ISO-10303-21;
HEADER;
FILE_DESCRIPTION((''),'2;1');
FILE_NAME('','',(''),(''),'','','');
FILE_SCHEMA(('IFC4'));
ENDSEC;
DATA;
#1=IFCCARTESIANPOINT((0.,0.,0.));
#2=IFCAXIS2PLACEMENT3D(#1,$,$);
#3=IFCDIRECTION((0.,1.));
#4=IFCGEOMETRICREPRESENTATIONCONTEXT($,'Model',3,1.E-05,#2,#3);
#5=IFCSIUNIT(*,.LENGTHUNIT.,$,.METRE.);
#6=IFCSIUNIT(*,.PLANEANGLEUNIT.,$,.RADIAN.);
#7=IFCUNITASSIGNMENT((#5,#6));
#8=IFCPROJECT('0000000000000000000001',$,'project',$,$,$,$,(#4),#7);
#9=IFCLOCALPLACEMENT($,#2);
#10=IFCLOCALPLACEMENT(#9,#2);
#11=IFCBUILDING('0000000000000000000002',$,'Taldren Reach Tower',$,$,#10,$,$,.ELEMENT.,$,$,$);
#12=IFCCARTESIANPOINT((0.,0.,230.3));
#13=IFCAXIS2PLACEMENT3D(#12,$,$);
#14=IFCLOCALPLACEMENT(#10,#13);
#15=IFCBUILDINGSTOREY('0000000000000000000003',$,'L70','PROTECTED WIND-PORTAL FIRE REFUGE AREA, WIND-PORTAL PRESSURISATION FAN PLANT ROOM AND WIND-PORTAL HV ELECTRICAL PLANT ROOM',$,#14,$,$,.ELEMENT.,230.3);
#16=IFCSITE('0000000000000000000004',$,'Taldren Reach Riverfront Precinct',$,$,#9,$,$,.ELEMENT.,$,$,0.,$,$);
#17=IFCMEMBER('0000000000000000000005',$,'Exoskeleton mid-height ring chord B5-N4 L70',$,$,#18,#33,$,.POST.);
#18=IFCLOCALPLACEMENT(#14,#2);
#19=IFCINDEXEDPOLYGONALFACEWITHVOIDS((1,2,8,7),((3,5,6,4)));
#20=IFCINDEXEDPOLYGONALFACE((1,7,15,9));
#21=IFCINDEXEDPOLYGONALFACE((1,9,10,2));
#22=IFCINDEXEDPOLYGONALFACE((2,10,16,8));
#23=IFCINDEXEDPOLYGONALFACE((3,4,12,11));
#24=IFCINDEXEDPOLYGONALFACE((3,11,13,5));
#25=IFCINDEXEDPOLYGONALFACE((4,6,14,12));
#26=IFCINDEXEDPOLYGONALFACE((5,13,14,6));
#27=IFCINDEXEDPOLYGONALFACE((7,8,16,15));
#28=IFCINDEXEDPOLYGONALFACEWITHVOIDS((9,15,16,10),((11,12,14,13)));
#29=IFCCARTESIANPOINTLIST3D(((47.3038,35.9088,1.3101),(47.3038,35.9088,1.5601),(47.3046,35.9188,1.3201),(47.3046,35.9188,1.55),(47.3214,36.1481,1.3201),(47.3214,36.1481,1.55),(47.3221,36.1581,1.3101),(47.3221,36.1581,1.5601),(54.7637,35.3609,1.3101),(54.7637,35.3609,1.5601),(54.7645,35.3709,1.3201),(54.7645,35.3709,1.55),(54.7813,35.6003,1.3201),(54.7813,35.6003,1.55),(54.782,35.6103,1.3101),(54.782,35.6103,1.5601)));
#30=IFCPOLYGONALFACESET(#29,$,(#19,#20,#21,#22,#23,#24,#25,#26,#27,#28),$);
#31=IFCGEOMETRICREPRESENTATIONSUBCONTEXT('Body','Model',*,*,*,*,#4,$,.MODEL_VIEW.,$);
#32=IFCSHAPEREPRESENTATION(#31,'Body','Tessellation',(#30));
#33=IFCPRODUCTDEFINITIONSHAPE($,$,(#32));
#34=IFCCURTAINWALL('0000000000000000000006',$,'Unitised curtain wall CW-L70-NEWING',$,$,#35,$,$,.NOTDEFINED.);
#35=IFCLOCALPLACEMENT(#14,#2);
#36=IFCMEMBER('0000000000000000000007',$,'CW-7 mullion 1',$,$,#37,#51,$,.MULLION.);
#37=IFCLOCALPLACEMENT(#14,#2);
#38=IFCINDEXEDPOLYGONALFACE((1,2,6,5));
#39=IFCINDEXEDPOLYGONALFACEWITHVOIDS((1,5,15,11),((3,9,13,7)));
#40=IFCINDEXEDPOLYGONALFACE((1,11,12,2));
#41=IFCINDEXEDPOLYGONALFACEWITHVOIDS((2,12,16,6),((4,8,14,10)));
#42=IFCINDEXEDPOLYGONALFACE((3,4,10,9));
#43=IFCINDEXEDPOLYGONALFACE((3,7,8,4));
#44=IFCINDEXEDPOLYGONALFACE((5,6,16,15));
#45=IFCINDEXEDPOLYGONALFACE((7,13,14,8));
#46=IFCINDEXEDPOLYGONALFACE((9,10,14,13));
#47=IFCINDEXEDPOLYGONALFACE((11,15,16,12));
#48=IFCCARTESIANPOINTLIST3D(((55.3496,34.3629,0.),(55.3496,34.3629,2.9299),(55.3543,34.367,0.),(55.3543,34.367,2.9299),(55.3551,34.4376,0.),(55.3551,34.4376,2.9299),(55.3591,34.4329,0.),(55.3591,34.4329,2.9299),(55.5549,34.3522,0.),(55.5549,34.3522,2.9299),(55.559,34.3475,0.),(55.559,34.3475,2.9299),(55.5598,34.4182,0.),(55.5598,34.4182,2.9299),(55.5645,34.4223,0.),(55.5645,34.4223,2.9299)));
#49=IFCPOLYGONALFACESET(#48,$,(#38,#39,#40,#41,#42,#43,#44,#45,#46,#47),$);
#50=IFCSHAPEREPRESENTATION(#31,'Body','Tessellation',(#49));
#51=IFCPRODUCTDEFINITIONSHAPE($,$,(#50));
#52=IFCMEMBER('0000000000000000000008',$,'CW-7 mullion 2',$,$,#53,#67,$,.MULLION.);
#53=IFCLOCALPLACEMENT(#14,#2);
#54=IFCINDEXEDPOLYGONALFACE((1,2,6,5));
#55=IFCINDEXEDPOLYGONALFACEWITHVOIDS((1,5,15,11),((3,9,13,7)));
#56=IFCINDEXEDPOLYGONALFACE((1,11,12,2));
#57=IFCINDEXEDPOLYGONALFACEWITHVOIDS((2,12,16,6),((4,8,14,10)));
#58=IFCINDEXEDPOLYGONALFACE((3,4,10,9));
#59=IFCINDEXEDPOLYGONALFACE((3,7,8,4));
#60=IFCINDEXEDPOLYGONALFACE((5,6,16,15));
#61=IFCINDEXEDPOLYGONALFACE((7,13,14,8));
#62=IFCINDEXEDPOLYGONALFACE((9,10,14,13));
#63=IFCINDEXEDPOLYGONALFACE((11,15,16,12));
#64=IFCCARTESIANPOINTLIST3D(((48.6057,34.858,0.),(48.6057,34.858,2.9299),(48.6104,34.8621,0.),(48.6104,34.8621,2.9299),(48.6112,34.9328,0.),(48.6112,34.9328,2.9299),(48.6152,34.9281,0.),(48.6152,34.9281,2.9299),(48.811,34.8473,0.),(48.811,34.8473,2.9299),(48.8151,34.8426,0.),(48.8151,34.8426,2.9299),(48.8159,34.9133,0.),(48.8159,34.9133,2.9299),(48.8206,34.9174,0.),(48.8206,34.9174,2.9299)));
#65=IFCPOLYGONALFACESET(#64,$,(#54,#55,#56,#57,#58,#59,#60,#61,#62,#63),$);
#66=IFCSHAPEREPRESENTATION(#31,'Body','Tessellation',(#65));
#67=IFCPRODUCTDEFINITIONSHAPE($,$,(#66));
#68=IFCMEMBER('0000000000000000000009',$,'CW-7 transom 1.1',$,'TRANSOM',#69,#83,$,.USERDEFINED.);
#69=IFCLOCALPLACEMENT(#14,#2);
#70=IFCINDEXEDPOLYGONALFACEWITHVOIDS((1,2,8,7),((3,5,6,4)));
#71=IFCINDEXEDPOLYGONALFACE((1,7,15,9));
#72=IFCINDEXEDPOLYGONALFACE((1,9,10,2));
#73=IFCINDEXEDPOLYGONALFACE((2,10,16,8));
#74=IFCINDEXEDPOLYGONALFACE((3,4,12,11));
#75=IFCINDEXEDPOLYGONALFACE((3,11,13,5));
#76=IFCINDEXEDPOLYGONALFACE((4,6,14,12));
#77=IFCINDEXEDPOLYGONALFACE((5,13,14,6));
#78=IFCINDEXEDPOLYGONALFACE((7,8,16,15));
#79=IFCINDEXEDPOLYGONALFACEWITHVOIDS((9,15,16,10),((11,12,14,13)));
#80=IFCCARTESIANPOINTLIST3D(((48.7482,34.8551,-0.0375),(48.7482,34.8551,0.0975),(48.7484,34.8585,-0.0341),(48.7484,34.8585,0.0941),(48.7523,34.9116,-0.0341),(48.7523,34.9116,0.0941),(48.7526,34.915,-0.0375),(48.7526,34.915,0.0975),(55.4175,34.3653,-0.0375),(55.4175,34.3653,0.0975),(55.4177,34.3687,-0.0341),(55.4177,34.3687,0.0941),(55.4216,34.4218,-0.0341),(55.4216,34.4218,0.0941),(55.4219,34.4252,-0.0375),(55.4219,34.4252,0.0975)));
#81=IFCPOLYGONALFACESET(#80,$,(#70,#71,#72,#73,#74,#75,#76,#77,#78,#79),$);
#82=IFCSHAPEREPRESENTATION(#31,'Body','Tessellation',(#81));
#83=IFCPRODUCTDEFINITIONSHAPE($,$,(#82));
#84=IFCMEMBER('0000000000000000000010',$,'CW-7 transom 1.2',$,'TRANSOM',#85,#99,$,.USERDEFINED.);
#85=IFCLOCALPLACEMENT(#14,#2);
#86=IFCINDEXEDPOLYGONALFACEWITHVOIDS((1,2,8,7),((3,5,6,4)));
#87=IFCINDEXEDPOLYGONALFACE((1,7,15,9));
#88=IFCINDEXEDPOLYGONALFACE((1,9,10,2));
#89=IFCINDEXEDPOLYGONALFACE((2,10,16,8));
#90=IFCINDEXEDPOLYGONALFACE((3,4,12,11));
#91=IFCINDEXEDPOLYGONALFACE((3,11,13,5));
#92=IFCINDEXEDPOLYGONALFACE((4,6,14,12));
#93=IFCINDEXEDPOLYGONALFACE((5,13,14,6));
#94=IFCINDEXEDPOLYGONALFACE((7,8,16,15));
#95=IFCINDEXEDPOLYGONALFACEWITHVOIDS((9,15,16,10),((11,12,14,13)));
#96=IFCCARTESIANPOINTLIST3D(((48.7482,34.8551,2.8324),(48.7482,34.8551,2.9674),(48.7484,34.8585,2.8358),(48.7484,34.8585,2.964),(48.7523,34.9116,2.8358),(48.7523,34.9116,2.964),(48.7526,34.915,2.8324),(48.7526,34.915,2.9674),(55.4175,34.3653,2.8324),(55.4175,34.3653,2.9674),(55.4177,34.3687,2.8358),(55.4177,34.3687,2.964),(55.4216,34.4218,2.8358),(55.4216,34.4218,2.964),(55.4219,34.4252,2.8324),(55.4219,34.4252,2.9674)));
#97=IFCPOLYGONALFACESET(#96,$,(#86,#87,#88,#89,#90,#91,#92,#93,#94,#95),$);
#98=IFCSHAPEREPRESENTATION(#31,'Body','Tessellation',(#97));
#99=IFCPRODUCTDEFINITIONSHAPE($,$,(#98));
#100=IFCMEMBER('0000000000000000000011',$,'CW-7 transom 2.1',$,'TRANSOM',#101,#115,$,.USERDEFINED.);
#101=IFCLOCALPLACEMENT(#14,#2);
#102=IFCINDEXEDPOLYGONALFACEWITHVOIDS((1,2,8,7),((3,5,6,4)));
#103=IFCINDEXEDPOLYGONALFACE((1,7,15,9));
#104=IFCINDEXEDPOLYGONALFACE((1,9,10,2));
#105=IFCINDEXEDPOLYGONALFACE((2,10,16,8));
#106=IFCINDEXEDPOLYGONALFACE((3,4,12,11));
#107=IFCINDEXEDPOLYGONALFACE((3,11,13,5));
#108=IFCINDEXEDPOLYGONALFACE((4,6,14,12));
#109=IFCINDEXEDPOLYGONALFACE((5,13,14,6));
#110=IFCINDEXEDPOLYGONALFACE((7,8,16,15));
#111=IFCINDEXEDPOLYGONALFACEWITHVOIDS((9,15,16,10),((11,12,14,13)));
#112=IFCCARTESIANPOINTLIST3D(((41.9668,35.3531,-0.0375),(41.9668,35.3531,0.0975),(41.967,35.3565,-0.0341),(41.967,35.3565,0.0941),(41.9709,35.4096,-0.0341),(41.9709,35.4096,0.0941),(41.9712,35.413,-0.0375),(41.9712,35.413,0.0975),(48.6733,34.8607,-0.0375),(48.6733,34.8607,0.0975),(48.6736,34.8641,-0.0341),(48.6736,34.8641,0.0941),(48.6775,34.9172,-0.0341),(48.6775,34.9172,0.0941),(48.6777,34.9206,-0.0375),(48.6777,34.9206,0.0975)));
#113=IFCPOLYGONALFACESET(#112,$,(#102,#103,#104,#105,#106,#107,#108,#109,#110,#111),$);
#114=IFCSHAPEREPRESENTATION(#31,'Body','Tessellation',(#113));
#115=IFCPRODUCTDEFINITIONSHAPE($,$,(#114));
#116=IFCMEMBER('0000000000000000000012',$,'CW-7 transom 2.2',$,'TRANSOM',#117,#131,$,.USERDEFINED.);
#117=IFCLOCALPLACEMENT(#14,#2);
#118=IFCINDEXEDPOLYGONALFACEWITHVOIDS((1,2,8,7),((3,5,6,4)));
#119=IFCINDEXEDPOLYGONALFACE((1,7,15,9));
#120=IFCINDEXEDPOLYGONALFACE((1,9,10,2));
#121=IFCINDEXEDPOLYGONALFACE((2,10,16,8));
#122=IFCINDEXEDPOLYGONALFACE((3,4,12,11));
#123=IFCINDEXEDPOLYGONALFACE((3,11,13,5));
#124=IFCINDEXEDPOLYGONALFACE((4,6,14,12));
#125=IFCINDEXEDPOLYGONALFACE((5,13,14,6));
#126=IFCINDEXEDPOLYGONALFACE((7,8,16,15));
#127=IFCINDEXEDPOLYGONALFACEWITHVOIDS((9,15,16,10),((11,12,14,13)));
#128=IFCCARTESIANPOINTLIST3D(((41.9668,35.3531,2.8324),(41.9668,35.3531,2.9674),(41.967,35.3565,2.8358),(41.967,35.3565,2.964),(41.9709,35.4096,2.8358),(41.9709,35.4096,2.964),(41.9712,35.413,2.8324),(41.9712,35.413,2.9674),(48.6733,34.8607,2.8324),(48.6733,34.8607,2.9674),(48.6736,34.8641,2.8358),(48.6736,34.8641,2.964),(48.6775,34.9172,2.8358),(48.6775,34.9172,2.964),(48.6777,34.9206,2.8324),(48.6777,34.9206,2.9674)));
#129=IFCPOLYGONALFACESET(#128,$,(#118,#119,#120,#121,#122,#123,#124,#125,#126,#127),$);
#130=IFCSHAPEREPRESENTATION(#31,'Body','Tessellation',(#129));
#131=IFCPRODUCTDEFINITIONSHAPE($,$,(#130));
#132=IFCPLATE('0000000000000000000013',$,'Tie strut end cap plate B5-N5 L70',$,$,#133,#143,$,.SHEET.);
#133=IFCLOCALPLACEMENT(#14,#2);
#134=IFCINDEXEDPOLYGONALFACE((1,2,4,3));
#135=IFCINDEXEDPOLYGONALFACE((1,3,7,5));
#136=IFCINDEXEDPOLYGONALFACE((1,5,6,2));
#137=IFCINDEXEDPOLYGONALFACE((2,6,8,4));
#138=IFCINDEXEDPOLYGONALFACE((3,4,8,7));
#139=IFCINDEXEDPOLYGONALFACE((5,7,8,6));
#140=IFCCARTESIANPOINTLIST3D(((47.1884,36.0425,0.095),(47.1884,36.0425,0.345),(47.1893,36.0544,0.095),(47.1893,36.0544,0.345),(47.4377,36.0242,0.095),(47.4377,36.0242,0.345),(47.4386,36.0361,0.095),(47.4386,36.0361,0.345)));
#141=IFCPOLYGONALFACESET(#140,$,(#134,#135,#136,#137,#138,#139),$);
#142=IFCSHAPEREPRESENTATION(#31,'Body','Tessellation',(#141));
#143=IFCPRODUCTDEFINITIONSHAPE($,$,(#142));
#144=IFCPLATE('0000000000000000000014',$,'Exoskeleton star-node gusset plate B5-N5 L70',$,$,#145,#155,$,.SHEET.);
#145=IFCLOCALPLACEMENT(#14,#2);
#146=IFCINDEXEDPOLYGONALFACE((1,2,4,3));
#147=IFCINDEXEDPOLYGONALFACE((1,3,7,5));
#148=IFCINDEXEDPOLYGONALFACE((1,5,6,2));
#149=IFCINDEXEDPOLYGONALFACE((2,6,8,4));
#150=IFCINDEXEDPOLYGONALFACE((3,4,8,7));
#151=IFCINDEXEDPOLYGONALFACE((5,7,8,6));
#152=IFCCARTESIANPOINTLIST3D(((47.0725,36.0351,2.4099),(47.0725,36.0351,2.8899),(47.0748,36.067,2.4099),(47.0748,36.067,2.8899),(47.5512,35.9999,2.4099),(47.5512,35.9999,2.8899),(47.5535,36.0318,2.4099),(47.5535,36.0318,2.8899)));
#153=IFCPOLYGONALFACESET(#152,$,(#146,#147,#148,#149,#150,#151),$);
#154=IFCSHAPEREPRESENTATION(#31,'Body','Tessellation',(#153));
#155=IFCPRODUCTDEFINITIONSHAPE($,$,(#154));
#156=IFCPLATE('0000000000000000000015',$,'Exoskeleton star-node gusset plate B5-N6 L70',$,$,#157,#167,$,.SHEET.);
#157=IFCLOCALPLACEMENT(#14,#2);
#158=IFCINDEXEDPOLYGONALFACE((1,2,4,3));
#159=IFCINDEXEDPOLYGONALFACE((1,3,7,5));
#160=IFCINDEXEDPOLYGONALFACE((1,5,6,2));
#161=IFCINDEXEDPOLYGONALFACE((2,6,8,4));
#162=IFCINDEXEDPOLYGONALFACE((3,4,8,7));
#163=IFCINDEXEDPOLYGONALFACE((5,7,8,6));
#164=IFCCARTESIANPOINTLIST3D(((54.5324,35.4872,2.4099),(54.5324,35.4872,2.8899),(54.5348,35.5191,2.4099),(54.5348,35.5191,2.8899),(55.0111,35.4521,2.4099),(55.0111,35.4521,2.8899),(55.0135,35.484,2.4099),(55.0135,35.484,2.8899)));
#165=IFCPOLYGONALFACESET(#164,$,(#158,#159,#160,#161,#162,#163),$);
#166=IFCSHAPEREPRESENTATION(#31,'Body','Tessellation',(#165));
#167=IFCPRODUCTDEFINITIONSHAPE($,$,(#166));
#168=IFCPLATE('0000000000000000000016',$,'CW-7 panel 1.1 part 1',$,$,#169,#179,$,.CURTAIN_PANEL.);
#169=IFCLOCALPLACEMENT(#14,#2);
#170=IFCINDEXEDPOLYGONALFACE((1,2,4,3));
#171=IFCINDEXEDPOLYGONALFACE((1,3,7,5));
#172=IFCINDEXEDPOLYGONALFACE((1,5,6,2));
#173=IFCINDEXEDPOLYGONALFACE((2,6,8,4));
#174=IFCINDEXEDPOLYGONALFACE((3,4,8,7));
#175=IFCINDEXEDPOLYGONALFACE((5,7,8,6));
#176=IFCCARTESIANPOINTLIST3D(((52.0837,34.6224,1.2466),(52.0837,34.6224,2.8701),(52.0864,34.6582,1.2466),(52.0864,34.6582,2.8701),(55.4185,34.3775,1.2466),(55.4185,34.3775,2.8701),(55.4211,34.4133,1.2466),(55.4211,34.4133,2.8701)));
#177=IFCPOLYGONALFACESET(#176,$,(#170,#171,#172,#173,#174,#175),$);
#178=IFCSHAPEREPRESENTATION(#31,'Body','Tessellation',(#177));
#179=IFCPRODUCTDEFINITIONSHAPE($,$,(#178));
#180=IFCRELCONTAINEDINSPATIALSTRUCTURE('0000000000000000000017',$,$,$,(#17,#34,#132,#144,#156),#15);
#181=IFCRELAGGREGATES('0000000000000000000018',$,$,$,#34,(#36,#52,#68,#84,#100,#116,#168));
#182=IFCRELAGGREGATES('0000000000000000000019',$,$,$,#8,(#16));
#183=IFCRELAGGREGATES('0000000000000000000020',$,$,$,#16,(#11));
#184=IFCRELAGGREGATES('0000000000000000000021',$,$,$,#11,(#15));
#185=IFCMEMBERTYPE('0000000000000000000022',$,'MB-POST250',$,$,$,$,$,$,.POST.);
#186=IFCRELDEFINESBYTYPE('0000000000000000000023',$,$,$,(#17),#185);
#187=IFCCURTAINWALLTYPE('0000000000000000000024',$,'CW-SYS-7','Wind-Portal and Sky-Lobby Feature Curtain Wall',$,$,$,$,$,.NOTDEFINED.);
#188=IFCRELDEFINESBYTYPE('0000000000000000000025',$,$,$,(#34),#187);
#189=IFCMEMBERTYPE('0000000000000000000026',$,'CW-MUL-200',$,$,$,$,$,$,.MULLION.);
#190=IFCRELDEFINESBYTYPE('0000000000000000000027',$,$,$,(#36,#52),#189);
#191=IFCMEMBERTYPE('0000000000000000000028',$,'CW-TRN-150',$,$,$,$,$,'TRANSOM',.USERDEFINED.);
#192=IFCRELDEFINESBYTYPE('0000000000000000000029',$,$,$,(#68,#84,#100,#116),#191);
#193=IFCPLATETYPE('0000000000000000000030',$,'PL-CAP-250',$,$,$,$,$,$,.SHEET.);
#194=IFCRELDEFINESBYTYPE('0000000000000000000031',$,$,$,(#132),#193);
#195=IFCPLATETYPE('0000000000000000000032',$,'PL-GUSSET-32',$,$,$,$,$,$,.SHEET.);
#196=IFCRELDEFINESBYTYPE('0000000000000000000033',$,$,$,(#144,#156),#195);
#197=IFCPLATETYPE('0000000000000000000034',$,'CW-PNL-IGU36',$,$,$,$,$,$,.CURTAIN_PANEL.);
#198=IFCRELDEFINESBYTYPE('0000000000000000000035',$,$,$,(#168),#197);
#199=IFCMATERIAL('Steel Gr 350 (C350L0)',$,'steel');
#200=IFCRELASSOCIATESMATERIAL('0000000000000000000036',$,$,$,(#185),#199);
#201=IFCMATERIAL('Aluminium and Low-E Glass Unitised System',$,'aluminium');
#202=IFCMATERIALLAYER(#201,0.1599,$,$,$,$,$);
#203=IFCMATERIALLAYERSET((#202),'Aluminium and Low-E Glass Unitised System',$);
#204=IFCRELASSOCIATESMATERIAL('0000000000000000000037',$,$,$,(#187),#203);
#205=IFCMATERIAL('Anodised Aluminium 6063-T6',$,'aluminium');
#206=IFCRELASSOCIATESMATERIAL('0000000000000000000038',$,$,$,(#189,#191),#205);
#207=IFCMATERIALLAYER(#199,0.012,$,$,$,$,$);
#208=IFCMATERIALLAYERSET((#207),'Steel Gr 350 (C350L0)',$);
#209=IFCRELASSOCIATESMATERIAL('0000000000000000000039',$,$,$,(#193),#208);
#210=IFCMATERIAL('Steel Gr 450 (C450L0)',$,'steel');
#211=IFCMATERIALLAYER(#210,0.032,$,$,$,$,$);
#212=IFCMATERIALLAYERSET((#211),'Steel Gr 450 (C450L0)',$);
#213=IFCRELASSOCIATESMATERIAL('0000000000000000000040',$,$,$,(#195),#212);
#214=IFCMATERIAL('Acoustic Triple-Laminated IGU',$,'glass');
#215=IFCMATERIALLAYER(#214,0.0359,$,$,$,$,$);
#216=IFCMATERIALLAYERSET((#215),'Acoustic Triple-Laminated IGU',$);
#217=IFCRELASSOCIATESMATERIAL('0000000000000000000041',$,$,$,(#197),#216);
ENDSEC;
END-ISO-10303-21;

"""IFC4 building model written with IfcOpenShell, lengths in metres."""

from ifc_helpers import new_model, si_unit, direction, frame, origin, origin_2d, place, context, subcontext, project, spatial, rectangle, hollow_rectangle, extrude, source, transform, mapped, material, layer, layer_set, material_profile, profile_set, type_object, element, aggregate, save


model = new_model("IFC4")

# Units and contexts
model_context = context("Model", 3, precision=1e-05, world=origin(), true_north=direction((0.0, 1.0)))
body_context = subcontext(model_context, "Body", "Model", "MODEL_VIEW")
ifc_project = project(units=[si_unit("LENGTHUNIT", "METRE"), si_unit("PLANEANGLEUNIT", "RADIAN")], contexts=[model_context])

# Site, building, storey
site_placement = place(None, origin())
site = spatial("IfcSite", under=ifc_project, at=site_placement, Name="Taldren Reach Riverfront Precinct", CompositionType="ELEMENT", RefElevation=0.0)
building_placement = place(site_placement, origin())
building = spatial("IfcBuilding", under=site, at=building_placement, Name="Taldren Reach Tower", CompositionType="ELEMENT")
storey_placement = place(building_placement, frame((0.0, 0.0, 230.3)))
storey = spatial("IfcBuildingStorey", under=building, at=storey_placement, Name="L70", Description="PROTECTED WIND-PORTAL FIRE REFUGE AREA, WIND-PORTAL PRESSURISATION FAN PLANT ROOM AND WIND-PORTAL HV ELECTRICAL PLANT ROOM", CompositionType="ELEMENT", Elevation=230.3)

# Shared definitions
ifc_material_1 = material(Name="Steel Gr 350 (C350L0)", Category="steel")

# Shared definitions
ifc_material_profile_1 = material_profile(ifc_material_1, hollow_rectangle(XDim=0.25, YDim=0.25, WallThickness=0.01, at=origin_2d()), Name="250x250x10.0SHS")
ifc_profile_set_1 = profile_set([ifc_material_profile_1], Name="Steel Gr 350 (C350L0)")
member_type_1 = type_object("IfcMemberType", Name="MB-POST250", PredefinedType="POST", material=ifc_profile_set_1)
ifc_material_2 = material(Name="Steel Gr 450 (C450L0)", Category="steel")

# Member
shared_shape_1 = source(origin(), body_context, "Body", "SweptSolid", [
    extrude(hollow_rectangle(XDim=0.25, YDim=0.25, WallThickness=0.01, at=origin_2d()), origin(), (0.0, 0.0, 1.0), 7.48),
])
member_1_placement = place(storey_placement, frame((47.313, 36.0334, 1.4351), z_axis=(0.997314, -0.073242, 0.0), x_axis=(0.073242, 0.997314, 0.0)))
element("IfcMember", 1, at=member_1_placement, inside=storey, type_object=member_type_1, Name="Exoskeleton mid-height ring chord B5-N4 L70", PredefinedType="POST", context=body_context, shape_type="MappedRepresentation", body=[
    mapped(shared_shape_1, transform((0.0, 0.0, 0.0), scale=1.0)),
])

# Curtain wall, members
ifc_material_3 = material(Name="Aluminium and Low-E Glass Unitised System", Category="aluminium")
ifc_layer_1 = layer(ifc_material_3, 0.1599)
ifc_layer_set_1 = layer_set([ifc_layer_1], Name="Aluminium and Low-E Glass Unitised System")
curtain_wall_type = type_object("IfcCurtainWallType", Name="CW-SYS-7", Description="Wind-Portal and Sky-Lobby Feature Curtain Wall", PredefinedType="NOTDEFINED", material=ifc_layer_set_1)
curtain_wall_placement = place(storey_placement, origin())
curtain_wall = element("IfcCurtainWall", 2, at=curtain_wall_placement, inside=storey, type_object=curtain_wall_type, Name="Unitised curtain wall CW-L70-NEWING", PredefinedType="NOTDEFINED")
ifc_material_4 = material(Name="Anodised Aluminium 6063-T6", Category="aluminium")
ifc_material_profile_2 = material_profile(ifc_material_4, hollow_rectangle(XDim=0.075, YDim=0.21, WallThickness=0.0044, at=origin_2d()), Name="ALU-210x75x4.5RHS")
ifc_profile_set_2 = profile_set([ifc_material_profile_2], Name="Anodised Aluminium 6063-T6")
member_type_2 = type_object("IfcMemberType", Name="CW-MUL-200", PredefinedType="MULLION", material=ifc_profile_set_2)
shared_shape_2 = source(origin(), body_context, "Body", "SweptSolid", [
    extrude(hollow_rectangle(XDim=0.075, YDim=0.21, WallThickness=0.0044, at=origin_2d()), origin(), (0.0, 0.0, 1.0), 2.9299),
])
member_2_placement = place(storey_placement, frame((55.457, 34.3926, 0.0), z_axis=(0.0, 0.0, 1.0), x_axis=(-0.073238, -0.997314, 0.0)))
member_2 = element("IfcMember", 3, at=member_2_placement, type_object=member_type_2, Name="CW-7 mullion 1", PredefinedType="MULLION", context=body_context, shape_type="MappedRepresentation", body=[
    mapped(shared_shape_2, transform((0.0, 0.0, 0.0), scale=1.0)),
])
member_3_placement = place(storey_placement, frame((48.7131, 34.8877, 0.0), z_axis=(0.0, 0.0, 1.0), x_axis=(-0.073238, -0.997314, 0.0)))
member_3 = element("IfcMember", 4, at=member_3_placement, type_object=member_type_2, Name="CW-7 mullion 2", PredefinedType="MULLION", context=body_context, shape_type="MappedRepresentation", body=[
    mapped(shared_shape_2, transform((0.0, 0.0, 0.0), scale=1.0)),
])
ifc_material_profile_3 = material_profile(ifc_material_4, hollow_rectangle(XDim=0.0601, YDim=0.135, WallThickness=0.0034, at=origin_2d()), Name="ALU-135x60x3.5RHS")
ifc_profile_set_3 = profile_set([ifc_material_profile_3], Name="Anodised Aluminium 6063-T6")
member_type_3 = type_object("IfcMemberType", Name="CW-TRN-150", ElementType="TRANSOM", PredefinedType="USERDEFINED", material=ifc_profile_set_3)
shared_shape_3 = source(origin(), body_context, "Body", "SweptSolid", [
    extrude(hollow_rectangle(XDim=0.0601, YDim=0.135, WallThickness=0.0034, at=origin_2d()), origin(), (0.0, 0.0, 1.0), 6.6873),
])
member_4_placement = place(storey_placement, frame((55.4197, 34.3953, 0.03), z_axis=(-0.997315, 0.073237, 0.0), x_axis=(-0.073237, -0.997315, 0.0)))
member_4 = element("IfcMember", 5, at=member_4_placement, type_object=member_type_3, Name="CW-7 transom 1.1", ObjectType="TRANSOM", PredefinedType="USERDEFINED", context=body_context, shape_type="MappedRepresentation", body=[
    mapped(shared_shape_3, transform((0.0, 0.0, 0.0), scale=1.0)),
])
member_5_placement = place(storey_placement, frame((55.4197, 34.3953, 2.8999), z_axis=(-0.997315, 0.073237, 0.0), x_axis=(-0.073237, -0.997315, 0.0)))
member_5 = element("IfcMember", 6, at=member_5_placement, type_object=member_type_3, Name="CW-7 transom 1.2", ObjectType="TRANSOM", PredefinedType="USERDEFINED", context=body_context, shape_type="MappedRepresentation", body=[
    mapped(shared_shape_3, transform((0.0, 0.0, 0.0), scale=1.0)),
])
shared_shape_4 = source(origin(), body_context, "Body", "SweptSolid", [
    extrude(hollow_rectangle(XDim=0.0601, YDim=0.135, WallThickness=0.0034, at=origin_2d()), origin(), (0.0, 0.0, 1.0), 6.7246),
])
member_6_placement = place(storey_placement, frame((48.6755, 34.8906, 0.03), z_axis=(-0.997315, 0.073228, 0.0), x_axis=(-0.073228, -0.997315, 0.0)))
member_6 = element("IfcMember", 7, at=member_6_placement, type_object=member_type_3, Name="CW-7 transom 2.1", ObjectType="TRANSOM", PredefinedType="USERDEFINED", context=body_context, shape_type="MappedRepresentation", body=[
    mapped(shared_shape_4, transform((0.0, 0.0, 0.0), scale=1.0)),
])
member_7_placement = place(storey_placement, frame((48.6755, 34.8906, 2.8999), z_axis=(-0.997315, 0.073228, 0.0), x_axis=(-0.073228, -0.997315, 0.0)))
member_7 = element("IfcMember", 8, at=member_7_placement, type_object=member_type_3, Name="CW-7 transom 2.2", ObjectType="TRANSOM", PredefinedType="USERDEFINED", context=body_context, shape_type="MappedRepresentation", body=[
    mapped(shared_shape_4, transform((0.0, 0.0, 0.0), scale=1.0)),
])

# Plates
ifc_layer_2 = layer(ifc_material_1, 0.012)
ifc_layer_set_2 = layer_set([ifc_layer_2], Name="Steel Gr 350 (C350L0)")
plate_type_1 = type_object("IfcPlateType", Name="PL-CAP-250", PredefinedType="SHEET", material=ifc_layer_set_2)
shared_shape_5 = source(origin(), body_context, "Body", "SweptSolid", [
    extrude(rectangle(XDim=0.25, YDim=0.012, at=origin_2d()), origin(), (0.0, 0.0, 1.0), 0.25),
])
plate_1_placement = place(storey_placement, frame((47.3135, 36.0393, 0.095), z_axis=(0.0, 0.0, 1.0), x_axis=(0.997314, -0.073238, 0.0)))
element("IfcPlate", 9, at=plate_1_placement, inside=storey, type_object=plate_type_1, Name="Tie strut end cap plate B5-N5 L70", PredefinedType="SHEET", context=body_context, shape_type="MappedRepresentation", body=[
    mapped(shared_shape_5, transform((0.0, 0.0, 0.0), scale=1.0)),
])
ifc_layer_3 = layer(ifc_material_2, 0.032)
ifc_layer_set_3 = layer_set([ifc_layer_3], Name="Steel Gr 450 (C450L0)")
plate_type_2 = type_object("IfcPlateType", Name="PL-GUSSET-32", PredefinedType="SHEET", material=ifc_layer_set_3)
shared_shape_6 = source(origin(), body_context, "Body", "SweptSolid", [
    extrude(rectangle(XDim=0.48, YDim=0.032, at=origin_2d()), origin(), (0.0, 0.0, 1.0), 0.48),
])
for number, where, z_axis, x_axis, name in (
    (10, (47.313, 36.0334, 2.4099), (0.0, 0.0, 1.0), (0.997314, -0.073238, 0.0), "Exoskeleton star-node gusset plate B5-N5 L70"),
    (11, (54.7729, 35.4856, 2.4099), (0.0, 0.0, 1.0), (0.997314, -0.073238, 0.0), "Exoskeleton star-node gusset plate B5-N6 L70"),
):
    element("IfcPlate", number, at=place(storey_placement, frame(where, z_axis=z_axis, x_axis=x_axis)), inside=storey, type_object=plate_type_2, Name=name, PredefinedType="SHEET", context=body_context, shape_type="MappedRepresentation", body=[
        mapped(shared_shape_6, transform((0.0, 0.0, 0.0), scale=1.0)),
    ])

# Plate
ifc_material_5 = material(Name="Acoustic Triple-Laminated IGU", Category="glass")
ifc_layer_4 = layer(ifc_material_5, 0.0359)
ifc_layer_set_4 = layer_set([ifc_layer_4], Name="Acoustic Triple-Laminated IGU")
plate_type_3 = type_object("IfcPlateType", Name="CW-PNL-IGU36", PredefinedType="CURTAIN_PANEL", material=ifc_layer_set_4)
shared_shape_7 = source(origin(), body_context, "Body", "SweptSolid", [
    extrude(rectangle(XDim=3.3438, YDim=0.0359, at=origin_2d()), origin(), (0.0, 0.0, 1.0), 1.6235),
])
plate_2_placement = place(storey_placement, frame((53.7524, 34.5178, 1.2466), z_axis=(0.0, 0.0, 1.0), x_axis=(-0.997314, 0.073238, 0.0)))
plate_2 = element("IfcPlate", 12, at=plate_2_placement, type_object=plate_type_3, Name="CW-7 panel 1.1 part 1", PredefinedType="CURTAIN_PANEL", context=body_context, shape_type="MappedRepresentation", body=[
    mapped(shared_shape_7, transform((0.0, 0.0, 0.0), scale=1.0)),
])
aggregate(curtain_wall, [member_2, member_3, member_4, member_5, member_6, member_7, plate_2])

save(model, "model.ifc")
